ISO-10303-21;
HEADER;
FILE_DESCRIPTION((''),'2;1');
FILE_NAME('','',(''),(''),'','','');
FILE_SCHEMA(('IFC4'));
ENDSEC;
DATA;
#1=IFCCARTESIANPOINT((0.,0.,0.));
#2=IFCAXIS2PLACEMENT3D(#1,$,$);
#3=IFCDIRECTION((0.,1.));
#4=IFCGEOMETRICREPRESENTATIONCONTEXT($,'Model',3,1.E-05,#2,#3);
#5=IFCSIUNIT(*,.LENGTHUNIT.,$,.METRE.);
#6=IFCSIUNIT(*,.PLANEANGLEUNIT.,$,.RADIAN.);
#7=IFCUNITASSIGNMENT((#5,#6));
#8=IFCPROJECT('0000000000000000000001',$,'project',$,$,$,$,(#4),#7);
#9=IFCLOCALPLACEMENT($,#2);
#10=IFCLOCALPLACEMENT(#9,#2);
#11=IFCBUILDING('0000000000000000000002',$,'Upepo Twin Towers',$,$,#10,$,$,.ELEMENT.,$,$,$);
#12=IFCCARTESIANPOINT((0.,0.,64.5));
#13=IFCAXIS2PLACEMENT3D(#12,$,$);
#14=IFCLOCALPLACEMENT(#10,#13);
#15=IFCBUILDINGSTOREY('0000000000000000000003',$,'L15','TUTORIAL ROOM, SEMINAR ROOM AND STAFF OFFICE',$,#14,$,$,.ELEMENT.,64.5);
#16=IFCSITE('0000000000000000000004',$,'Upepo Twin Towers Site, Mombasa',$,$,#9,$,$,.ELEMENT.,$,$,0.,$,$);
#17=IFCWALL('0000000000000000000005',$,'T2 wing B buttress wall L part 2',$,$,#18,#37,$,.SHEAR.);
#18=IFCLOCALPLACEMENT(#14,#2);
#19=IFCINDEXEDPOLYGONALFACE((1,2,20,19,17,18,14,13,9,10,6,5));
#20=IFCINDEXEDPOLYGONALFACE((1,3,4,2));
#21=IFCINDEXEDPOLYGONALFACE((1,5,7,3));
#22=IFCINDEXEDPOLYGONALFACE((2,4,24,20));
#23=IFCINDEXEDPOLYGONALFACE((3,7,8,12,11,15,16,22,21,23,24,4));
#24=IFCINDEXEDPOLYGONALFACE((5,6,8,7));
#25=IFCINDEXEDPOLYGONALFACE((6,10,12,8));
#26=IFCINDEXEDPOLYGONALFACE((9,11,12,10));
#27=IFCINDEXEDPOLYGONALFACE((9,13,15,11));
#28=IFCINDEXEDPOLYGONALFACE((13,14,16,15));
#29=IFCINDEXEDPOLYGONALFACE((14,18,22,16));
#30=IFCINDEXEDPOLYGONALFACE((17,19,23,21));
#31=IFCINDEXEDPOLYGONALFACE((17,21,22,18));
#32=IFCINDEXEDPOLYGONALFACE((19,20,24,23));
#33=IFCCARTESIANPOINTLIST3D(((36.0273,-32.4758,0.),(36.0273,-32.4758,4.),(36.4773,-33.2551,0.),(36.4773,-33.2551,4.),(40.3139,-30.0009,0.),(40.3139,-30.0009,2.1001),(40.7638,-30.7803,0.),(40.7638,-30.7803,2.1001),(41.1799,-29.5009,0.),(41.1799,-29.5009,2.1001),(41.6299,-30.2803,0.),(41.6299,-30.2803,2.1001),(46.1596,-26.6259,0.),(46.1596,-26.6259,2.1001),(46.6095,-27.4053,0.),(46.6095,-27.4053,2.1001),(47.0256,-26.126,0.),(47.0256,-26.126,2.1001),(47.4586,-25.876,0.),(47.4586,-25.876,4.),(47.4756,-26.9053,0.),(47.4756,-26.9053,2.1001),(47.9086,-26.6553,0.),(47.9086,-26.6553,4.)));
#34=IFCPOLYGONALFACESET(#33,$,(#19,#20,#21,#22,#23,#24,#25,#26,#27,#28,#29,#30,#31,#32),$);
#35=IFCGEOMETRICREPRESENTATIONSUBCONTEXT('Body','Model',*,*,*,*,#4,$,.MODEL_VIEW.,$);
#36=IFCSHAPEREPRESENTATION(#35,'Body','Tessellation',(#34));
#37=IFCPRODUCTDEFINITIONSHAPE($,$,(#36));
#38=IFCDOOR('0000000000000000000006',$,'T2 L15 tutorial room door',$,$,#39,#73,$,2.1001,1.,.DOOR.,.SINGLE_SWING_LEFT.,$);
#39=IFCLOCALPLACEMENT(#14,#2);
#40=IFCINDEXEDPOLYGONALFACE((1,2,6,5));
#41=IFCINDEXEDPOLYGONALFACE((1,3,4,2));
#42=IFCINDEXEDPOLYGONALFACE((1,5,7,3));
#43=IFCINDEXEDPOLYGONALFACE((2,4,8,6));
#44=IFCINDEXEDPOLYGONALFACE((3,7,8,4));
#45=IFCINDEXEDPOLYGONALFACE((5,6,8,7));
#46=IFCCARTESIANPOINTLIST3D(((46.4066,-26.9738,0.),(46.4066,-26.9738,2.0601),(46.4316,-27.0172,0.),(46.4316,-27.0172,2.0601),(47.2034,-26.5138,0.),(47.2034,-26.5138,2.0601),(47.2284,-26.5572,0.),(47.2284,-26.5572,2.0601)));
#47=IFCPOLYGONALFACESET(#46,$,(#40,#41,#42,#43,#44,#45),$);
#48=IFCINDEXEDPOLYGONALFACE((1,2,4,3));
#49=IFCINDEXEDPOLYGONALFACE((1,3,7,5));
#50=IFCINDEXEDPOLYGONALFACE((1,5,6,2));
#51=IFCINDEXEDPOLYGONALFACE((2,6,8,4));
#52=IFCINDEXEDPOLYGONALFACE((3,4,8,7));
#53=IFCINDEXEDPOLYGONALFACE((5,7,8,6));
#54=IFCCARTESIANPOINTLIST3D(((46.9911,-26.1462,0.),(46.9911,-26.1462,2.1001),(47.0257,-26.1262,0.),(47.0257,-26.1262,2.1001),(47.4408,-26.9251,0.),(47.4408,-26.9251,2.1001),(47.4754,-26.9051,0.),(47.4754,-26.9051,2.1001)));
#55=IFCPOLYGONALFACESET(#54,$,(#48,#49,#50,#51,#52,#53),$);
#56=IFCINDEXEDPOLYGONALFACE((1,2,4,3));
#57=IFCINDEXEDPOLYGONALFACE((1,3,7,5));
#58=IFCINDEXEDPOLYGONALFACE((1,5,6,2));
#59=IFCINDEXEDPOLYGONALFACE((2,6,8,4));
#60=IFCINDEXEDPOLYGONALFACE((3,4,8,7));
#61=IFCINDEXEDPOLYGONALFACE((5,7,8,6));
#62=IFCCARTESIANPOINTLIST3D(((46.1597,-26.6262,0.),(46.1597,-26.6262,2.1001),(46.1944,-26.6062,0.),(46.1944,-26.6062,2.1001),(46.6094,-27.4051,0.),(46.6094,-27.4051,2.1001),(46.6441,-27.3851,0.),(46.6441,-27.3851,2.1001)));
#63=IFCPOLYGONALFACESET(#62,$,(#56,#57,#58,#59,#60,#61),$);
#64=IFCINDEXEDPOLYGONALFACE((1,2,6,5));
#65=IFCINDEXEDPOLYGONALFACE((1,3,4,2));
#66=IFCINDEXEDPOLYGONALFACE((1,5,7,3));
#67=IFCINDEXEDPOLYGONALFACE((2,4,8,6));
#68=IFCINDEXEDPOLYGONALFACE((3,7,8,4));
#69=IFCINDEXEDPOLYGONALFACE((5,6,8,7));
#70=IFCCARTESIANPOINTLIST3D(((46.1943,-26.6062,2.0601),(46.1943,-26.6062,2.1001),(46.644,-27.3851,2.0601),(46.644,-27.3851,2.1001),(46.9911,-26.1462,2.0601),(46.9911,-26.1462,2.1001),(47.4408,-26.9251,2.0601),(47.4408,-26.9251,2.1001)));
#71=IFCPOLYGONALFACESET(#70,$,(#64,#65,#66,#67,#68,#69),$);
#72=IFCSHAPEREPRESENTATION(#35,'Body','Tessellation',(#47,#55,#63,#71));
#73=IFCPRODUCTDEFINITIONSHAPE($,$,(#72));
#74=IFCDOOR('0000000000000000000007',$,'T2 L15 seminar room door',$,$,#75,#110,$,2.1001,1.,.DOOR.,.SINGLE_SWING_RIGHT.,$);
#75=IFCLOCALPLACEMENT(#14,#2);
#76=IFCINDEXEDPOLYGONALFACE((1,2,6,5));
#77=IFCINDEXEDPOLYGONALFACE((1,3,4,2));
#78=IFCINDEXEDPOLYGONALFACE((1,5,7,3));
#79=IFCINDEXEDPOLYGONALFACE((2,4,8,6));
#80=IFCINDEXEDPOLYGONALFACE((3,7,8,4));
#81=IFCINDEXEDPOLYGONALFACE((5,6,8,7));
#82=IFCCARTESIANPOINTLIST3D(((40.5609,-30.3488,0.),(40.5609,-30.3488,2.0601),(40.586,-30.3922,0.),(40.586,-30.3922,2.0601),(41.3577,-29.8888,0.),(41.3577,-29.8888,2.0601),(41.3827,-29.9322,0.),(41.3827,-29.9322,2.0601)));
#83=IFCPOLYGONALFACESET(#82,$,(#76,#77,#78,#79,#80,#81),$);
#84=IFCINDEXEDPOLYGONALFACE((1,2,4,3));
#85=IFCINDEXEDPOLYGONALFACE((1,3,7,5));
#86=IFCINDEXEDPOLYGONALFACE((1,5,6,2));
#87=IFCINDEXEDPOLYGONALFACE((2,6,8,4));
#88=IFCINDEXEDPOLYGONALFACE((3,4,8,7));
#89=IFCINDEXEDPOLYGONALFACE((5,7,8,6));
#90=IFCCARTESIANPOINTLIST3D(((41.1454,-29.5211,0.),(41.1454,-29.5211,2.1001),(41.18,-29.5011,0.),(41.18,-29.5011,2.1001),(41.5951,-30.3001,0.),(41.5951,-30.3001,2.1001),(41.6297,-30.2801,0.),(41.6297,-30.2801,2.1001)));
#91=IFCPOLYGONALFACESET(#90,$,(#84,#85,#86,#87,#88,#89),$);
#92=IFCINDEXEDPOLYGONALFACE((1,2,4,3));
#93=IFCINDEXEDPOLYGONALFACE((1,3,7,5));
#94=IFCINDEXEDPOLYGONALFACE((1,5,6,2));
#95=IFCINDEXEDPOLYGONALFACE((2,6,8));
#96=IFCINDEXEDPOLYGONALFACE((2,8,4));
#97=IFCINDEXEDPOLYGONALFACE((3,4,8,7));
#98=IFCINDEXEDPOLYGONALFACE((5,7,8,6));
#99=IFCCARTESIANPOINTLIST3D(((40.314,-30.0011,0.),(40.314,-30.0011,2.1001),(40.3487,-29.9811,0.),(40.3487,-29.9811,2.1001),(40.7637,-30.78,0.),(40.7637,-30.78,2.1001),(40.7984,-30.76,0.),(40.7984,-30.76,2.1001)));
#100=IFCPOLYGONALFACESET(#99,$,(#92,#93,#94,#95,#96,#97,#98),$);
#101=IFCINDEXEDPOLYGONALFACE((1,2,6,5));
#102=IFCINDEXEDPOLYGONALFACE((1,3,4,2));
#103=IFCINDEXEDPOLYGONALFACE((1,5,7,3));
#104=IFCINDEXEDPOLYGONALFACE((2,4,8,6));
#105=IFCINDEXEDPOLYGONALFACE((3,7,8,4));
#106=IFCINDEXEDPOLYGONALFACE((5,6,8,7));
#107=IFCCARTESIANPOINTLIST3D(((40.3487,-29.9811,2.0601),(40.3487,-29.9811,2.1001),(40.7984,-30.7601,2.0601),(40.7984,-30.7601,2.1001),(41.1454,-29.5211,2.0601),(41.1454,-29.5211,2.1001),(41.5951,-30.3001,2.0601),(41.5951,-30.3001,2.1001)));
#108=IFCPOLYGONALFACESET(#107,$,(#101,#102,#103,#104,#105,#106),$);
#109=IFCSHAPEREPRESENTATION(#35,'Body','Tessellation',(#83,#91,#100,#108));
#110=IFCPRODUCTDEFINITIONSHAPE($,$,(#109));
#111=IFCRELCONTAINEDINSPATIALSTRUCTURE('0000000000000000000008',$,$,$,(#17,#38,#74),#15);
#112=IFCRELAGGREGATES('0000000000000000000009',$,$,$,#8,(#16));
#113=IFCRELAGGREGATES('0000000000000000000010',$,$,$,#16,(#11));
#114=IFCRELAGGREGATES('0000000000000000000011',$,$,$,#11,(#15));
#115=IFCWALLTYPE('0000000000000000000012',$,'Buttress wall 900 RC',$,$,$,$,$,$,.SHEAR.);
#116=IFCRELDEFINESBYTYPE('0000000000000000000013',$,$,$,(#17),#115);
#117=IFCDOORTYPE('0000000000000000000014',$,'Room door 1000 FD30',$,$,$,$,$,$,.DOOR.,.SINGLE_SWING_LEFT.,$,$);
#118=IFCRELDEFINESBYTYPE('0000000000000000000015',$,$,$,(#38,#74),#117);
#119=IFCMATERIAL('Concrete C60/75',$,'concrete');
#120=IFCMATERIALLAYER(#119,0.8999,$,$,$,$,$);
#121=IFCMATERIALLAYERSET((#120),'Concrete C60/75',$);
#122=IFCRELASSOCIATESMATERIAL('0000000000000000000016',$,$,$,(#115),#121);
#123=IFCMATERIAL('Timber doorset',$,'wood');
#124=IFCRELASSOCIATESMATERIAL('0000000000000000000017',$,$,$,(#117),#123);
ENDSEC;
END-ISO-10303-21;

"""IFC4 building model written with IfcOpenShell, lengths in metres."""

from ifc_helpers import new_model, si_unit, direction, frame, frame_2d, origin, place, context, subcontext, project, spatial, rectangle, extrude, material, layer, layer_set, type_object, element, fill, save


model = new_model("IFC4")

# Units and contexts
model_context = context("Model", 3, precision=1e-05, world=origin(), true_north=direction((0.0, 1.0)))
body_context = subcontext(model_context, "Body", "Model", "MODEL_VIEW")
ifc_project = project(units=[si_unit("LENGTHUNIT", "METRE"), si_unit("PLANEANGLEUNIT", "RADIAN")], contexts=[model_context])

# Site, building, storey
site_placement = place(None, origin())
site = spatial("IfcSite", under=ifc_project, at=site_placement, Name="Upepo Twin Towers Site, Mombasa", CompositionType="ELEMENT", RefElevation=0.0)
building_placement = place(site_placement, origin())
building = spatial("IfcBuilding", under=site, at=building_placement, Name="Upepo Twin Towers", CompositionType="ELEMENT")
storey_placement = place(building_placement, frame((0.0, 0.0, 64.5)))
storey = spatial("IfcBuildingStorey", under=building, at=storey_placement, Name="L15", Description="TUTORIAL ROOM, SEMINAR ROOM AND STAFF OFFICE", CompositionType="ELEMENT", Elevation=64.5)

# Wall, openings, doors
ifc_material_1 = material(Name="Concrete C60/75", Category="concrete")
ifc_layer_1 = layer(ifc_material_1, 0.8999)
ifc_layer_set_1 = layer_set([ifc_layer_1], Name="Concrete C60/75")
wall_type_1 = type_object("IfcWallType", Name="Buttress wall 900 RC", PredefinedType="SHEAR", material=ifc_layer_set_1)
wall_1_placement = place(storey_placement, frame((47.6836, -26.2656, 0.0), z_axis=(0.0, 0.0, 1.0), x_axis=(-0.866028, -0.499996, 0.0)))
wall_1 = element("IfcWall", 1, at=wall_1_placement, inside=storey, type_object=wall_type_1, Name="T2 wing B buttress wall L part 2", PredefinedType="SHEAR", context=body_context, shape_type="SweptSolid", body=[
    extrude(rectangle(XDim=13.1997, YDim=0.8999, at=frame_2d((6.5999, 0.0))), origin(), (0.0, 0.0, 1.0), 4.0),
])
opening_1_placement = place(wall_1_placement, frame((0.5, 0.0, 0.0)))
opening_1 = element("IfcOpeningElement", 2, at=opening_1_placement, cuts=wall_1, PredefinedType="OPENING", context=body_context, shape_type="SweptSolid", body=[
    extrude(rectangle(XDim=1.0, YDim=2.1001, at=frame_2d((0.5, 1.05))), frame((0.0, 0.46, 0.0), z_axis=(0.0, -1.0, 0.0), x_axis=(1.0, 0.0, 0.0)), (0.0, 0.0, 1.0), 0.9199),
])
opening_2_placement = place(wall_1_placement, frame((7.25, 0.0, 0.0)))
opening_2 = element("IfcOpeningElement", 3, at=opening_2_placement, cuts=wall_1, PredefinedType="OPENING", context=body_context, shape_type="SweptSolid", body=[
    extrude(rectangle(XDim=1.0, YDim=2.1001, at=frame_2d((0.5, 1.05))), frame((0.0, 0.46, 0.0), z_axis=(0.0, -1.0, 0.0), x_axis=(1.0, 0.0, 0.0)), (0.0, 0.0, 1.0), 0.9199),
])
ifc_material_2 = material(Name="Timber doorset", Category="wood")
door_type_1 = type_object("IfcDoorType", Name="Room door 1000 FD30", OperationType="SINGLE_SWING_LEFT", PredefinedType="DOOR", material=ifc_material_2)
door_1_placement = place(opening_1_placement, origin())
door_1 = element("IfcDoor", 4, at=door_1_placement, inside=storey, type_object=door_type_1, Name="T2 L15 tutorial room door", OperationType="SINGLE_SWING_LEFT", OverallHeight=2.1001, OverallWidth=1.0, PredefinedType="DOOR", context=body_context, shape_type="SweptSolid", body=[
    extrude(rectangle(XDim=0.92, YDim=2.0601, at=frame_2d((0.5, 1.03))), frame((0.0, 0.0249, 0.0), z_axis=(0.0, -1.0, 0.0), x_axis=(1.0, 0.0, 0.0)), (0.0, 0.0, 1.0), 0.05),
    extrude(rectangle(XDim=0.04, YDim=2.1001, at=frame_2d((0.02, 1.05))), frame((0.0, 0.4497, 0.0), z_axis=(0.0, -1.0, 0.0), x_axis=(1.0, 0.0, 0.0)), (0.0, 0.0, 1.0), 0.8994),
    extrude(rectangle(XDim=0.04, YDim=2.1001, at=frame_2d((0.98, 1.05))), frame((0.0, 0.4497, 0.0), z_axis=(0.0, -1.0, 0.0), x_axis=(1.0, 0.0, 0.0)), (0.0, 0.0, 1.0), 0.8994),
    extrude(rectangle(XDim=0.92, YDim=0.04, at=frame_2d((0.5, 2.0801))), frame((0.0, 0.4497, 0.0), z_axis=(0.0, -1.0, 0.0), x_axis=(1.0, 0.0, 0.0)), (0.0, 0.0, 1.0), 0.8994),
])
fill(opening_1, door_1)
door_2_placement = place(opening_2_placement, origin())
door_2 = element("IfcDoor", 5, at=door_2_placement, inside=storey, type_object=door_type_1, Name="T2 L15 seminar room door", OperationType="SINGLE_SWING_RIGHT", OverallHeight=2.1001, OverallWidth=1.0, PredefinedType="DOOR", context=body_context, shape_type="SweptSolid", body=[
    extrude(rectangle(XDim=0.92, YDim=2.0601, at=frame_2d((0.5, 1.03))), frame((0.0, 0.0249, 0.0), z_axis=(0.0, -1.0, 0.0), x_axis=(1.0, 0.0, 0.0)), (0.0, 0.0, 1.0), 0.05),
    extrude(rectangle(XDim=0.04, YDim=2.1001, at=frame_2d((0.02, 1.05))), frame((0.0, 0.4497, 0.0), z_axis=(0.0, -1.0, 0.0), x_axis=(1.0, 0.0, 0.0)), (0.0, 0.0, 1.0), 0.8994),
    extrude(rectangle(XDim=0.04, YDim=2.1001, at=frame_2d((0.98, 1.05))), frame((0.0, 0.4497, 0.0), z_axis=(0.0, -1.0, 0.0), x_axis=(1.0, 0.0, 0.0)), (0.0, 0.0, 1.0), 0.8994),
    extrude(rectangle(XDim=0.92, YDim=0.04, at=frame_2d((0.5, 2.0801))), frame((0.0, 0.4497, 0.0), z_axis=(0.0, -1.0, 0.0), x_axis=(1.0, 0.0, 0.0)), (0.0, 0.0, 1.0), 0.8994),
])
fill(opening_2, door_2)

save(model, "model.ifc")
